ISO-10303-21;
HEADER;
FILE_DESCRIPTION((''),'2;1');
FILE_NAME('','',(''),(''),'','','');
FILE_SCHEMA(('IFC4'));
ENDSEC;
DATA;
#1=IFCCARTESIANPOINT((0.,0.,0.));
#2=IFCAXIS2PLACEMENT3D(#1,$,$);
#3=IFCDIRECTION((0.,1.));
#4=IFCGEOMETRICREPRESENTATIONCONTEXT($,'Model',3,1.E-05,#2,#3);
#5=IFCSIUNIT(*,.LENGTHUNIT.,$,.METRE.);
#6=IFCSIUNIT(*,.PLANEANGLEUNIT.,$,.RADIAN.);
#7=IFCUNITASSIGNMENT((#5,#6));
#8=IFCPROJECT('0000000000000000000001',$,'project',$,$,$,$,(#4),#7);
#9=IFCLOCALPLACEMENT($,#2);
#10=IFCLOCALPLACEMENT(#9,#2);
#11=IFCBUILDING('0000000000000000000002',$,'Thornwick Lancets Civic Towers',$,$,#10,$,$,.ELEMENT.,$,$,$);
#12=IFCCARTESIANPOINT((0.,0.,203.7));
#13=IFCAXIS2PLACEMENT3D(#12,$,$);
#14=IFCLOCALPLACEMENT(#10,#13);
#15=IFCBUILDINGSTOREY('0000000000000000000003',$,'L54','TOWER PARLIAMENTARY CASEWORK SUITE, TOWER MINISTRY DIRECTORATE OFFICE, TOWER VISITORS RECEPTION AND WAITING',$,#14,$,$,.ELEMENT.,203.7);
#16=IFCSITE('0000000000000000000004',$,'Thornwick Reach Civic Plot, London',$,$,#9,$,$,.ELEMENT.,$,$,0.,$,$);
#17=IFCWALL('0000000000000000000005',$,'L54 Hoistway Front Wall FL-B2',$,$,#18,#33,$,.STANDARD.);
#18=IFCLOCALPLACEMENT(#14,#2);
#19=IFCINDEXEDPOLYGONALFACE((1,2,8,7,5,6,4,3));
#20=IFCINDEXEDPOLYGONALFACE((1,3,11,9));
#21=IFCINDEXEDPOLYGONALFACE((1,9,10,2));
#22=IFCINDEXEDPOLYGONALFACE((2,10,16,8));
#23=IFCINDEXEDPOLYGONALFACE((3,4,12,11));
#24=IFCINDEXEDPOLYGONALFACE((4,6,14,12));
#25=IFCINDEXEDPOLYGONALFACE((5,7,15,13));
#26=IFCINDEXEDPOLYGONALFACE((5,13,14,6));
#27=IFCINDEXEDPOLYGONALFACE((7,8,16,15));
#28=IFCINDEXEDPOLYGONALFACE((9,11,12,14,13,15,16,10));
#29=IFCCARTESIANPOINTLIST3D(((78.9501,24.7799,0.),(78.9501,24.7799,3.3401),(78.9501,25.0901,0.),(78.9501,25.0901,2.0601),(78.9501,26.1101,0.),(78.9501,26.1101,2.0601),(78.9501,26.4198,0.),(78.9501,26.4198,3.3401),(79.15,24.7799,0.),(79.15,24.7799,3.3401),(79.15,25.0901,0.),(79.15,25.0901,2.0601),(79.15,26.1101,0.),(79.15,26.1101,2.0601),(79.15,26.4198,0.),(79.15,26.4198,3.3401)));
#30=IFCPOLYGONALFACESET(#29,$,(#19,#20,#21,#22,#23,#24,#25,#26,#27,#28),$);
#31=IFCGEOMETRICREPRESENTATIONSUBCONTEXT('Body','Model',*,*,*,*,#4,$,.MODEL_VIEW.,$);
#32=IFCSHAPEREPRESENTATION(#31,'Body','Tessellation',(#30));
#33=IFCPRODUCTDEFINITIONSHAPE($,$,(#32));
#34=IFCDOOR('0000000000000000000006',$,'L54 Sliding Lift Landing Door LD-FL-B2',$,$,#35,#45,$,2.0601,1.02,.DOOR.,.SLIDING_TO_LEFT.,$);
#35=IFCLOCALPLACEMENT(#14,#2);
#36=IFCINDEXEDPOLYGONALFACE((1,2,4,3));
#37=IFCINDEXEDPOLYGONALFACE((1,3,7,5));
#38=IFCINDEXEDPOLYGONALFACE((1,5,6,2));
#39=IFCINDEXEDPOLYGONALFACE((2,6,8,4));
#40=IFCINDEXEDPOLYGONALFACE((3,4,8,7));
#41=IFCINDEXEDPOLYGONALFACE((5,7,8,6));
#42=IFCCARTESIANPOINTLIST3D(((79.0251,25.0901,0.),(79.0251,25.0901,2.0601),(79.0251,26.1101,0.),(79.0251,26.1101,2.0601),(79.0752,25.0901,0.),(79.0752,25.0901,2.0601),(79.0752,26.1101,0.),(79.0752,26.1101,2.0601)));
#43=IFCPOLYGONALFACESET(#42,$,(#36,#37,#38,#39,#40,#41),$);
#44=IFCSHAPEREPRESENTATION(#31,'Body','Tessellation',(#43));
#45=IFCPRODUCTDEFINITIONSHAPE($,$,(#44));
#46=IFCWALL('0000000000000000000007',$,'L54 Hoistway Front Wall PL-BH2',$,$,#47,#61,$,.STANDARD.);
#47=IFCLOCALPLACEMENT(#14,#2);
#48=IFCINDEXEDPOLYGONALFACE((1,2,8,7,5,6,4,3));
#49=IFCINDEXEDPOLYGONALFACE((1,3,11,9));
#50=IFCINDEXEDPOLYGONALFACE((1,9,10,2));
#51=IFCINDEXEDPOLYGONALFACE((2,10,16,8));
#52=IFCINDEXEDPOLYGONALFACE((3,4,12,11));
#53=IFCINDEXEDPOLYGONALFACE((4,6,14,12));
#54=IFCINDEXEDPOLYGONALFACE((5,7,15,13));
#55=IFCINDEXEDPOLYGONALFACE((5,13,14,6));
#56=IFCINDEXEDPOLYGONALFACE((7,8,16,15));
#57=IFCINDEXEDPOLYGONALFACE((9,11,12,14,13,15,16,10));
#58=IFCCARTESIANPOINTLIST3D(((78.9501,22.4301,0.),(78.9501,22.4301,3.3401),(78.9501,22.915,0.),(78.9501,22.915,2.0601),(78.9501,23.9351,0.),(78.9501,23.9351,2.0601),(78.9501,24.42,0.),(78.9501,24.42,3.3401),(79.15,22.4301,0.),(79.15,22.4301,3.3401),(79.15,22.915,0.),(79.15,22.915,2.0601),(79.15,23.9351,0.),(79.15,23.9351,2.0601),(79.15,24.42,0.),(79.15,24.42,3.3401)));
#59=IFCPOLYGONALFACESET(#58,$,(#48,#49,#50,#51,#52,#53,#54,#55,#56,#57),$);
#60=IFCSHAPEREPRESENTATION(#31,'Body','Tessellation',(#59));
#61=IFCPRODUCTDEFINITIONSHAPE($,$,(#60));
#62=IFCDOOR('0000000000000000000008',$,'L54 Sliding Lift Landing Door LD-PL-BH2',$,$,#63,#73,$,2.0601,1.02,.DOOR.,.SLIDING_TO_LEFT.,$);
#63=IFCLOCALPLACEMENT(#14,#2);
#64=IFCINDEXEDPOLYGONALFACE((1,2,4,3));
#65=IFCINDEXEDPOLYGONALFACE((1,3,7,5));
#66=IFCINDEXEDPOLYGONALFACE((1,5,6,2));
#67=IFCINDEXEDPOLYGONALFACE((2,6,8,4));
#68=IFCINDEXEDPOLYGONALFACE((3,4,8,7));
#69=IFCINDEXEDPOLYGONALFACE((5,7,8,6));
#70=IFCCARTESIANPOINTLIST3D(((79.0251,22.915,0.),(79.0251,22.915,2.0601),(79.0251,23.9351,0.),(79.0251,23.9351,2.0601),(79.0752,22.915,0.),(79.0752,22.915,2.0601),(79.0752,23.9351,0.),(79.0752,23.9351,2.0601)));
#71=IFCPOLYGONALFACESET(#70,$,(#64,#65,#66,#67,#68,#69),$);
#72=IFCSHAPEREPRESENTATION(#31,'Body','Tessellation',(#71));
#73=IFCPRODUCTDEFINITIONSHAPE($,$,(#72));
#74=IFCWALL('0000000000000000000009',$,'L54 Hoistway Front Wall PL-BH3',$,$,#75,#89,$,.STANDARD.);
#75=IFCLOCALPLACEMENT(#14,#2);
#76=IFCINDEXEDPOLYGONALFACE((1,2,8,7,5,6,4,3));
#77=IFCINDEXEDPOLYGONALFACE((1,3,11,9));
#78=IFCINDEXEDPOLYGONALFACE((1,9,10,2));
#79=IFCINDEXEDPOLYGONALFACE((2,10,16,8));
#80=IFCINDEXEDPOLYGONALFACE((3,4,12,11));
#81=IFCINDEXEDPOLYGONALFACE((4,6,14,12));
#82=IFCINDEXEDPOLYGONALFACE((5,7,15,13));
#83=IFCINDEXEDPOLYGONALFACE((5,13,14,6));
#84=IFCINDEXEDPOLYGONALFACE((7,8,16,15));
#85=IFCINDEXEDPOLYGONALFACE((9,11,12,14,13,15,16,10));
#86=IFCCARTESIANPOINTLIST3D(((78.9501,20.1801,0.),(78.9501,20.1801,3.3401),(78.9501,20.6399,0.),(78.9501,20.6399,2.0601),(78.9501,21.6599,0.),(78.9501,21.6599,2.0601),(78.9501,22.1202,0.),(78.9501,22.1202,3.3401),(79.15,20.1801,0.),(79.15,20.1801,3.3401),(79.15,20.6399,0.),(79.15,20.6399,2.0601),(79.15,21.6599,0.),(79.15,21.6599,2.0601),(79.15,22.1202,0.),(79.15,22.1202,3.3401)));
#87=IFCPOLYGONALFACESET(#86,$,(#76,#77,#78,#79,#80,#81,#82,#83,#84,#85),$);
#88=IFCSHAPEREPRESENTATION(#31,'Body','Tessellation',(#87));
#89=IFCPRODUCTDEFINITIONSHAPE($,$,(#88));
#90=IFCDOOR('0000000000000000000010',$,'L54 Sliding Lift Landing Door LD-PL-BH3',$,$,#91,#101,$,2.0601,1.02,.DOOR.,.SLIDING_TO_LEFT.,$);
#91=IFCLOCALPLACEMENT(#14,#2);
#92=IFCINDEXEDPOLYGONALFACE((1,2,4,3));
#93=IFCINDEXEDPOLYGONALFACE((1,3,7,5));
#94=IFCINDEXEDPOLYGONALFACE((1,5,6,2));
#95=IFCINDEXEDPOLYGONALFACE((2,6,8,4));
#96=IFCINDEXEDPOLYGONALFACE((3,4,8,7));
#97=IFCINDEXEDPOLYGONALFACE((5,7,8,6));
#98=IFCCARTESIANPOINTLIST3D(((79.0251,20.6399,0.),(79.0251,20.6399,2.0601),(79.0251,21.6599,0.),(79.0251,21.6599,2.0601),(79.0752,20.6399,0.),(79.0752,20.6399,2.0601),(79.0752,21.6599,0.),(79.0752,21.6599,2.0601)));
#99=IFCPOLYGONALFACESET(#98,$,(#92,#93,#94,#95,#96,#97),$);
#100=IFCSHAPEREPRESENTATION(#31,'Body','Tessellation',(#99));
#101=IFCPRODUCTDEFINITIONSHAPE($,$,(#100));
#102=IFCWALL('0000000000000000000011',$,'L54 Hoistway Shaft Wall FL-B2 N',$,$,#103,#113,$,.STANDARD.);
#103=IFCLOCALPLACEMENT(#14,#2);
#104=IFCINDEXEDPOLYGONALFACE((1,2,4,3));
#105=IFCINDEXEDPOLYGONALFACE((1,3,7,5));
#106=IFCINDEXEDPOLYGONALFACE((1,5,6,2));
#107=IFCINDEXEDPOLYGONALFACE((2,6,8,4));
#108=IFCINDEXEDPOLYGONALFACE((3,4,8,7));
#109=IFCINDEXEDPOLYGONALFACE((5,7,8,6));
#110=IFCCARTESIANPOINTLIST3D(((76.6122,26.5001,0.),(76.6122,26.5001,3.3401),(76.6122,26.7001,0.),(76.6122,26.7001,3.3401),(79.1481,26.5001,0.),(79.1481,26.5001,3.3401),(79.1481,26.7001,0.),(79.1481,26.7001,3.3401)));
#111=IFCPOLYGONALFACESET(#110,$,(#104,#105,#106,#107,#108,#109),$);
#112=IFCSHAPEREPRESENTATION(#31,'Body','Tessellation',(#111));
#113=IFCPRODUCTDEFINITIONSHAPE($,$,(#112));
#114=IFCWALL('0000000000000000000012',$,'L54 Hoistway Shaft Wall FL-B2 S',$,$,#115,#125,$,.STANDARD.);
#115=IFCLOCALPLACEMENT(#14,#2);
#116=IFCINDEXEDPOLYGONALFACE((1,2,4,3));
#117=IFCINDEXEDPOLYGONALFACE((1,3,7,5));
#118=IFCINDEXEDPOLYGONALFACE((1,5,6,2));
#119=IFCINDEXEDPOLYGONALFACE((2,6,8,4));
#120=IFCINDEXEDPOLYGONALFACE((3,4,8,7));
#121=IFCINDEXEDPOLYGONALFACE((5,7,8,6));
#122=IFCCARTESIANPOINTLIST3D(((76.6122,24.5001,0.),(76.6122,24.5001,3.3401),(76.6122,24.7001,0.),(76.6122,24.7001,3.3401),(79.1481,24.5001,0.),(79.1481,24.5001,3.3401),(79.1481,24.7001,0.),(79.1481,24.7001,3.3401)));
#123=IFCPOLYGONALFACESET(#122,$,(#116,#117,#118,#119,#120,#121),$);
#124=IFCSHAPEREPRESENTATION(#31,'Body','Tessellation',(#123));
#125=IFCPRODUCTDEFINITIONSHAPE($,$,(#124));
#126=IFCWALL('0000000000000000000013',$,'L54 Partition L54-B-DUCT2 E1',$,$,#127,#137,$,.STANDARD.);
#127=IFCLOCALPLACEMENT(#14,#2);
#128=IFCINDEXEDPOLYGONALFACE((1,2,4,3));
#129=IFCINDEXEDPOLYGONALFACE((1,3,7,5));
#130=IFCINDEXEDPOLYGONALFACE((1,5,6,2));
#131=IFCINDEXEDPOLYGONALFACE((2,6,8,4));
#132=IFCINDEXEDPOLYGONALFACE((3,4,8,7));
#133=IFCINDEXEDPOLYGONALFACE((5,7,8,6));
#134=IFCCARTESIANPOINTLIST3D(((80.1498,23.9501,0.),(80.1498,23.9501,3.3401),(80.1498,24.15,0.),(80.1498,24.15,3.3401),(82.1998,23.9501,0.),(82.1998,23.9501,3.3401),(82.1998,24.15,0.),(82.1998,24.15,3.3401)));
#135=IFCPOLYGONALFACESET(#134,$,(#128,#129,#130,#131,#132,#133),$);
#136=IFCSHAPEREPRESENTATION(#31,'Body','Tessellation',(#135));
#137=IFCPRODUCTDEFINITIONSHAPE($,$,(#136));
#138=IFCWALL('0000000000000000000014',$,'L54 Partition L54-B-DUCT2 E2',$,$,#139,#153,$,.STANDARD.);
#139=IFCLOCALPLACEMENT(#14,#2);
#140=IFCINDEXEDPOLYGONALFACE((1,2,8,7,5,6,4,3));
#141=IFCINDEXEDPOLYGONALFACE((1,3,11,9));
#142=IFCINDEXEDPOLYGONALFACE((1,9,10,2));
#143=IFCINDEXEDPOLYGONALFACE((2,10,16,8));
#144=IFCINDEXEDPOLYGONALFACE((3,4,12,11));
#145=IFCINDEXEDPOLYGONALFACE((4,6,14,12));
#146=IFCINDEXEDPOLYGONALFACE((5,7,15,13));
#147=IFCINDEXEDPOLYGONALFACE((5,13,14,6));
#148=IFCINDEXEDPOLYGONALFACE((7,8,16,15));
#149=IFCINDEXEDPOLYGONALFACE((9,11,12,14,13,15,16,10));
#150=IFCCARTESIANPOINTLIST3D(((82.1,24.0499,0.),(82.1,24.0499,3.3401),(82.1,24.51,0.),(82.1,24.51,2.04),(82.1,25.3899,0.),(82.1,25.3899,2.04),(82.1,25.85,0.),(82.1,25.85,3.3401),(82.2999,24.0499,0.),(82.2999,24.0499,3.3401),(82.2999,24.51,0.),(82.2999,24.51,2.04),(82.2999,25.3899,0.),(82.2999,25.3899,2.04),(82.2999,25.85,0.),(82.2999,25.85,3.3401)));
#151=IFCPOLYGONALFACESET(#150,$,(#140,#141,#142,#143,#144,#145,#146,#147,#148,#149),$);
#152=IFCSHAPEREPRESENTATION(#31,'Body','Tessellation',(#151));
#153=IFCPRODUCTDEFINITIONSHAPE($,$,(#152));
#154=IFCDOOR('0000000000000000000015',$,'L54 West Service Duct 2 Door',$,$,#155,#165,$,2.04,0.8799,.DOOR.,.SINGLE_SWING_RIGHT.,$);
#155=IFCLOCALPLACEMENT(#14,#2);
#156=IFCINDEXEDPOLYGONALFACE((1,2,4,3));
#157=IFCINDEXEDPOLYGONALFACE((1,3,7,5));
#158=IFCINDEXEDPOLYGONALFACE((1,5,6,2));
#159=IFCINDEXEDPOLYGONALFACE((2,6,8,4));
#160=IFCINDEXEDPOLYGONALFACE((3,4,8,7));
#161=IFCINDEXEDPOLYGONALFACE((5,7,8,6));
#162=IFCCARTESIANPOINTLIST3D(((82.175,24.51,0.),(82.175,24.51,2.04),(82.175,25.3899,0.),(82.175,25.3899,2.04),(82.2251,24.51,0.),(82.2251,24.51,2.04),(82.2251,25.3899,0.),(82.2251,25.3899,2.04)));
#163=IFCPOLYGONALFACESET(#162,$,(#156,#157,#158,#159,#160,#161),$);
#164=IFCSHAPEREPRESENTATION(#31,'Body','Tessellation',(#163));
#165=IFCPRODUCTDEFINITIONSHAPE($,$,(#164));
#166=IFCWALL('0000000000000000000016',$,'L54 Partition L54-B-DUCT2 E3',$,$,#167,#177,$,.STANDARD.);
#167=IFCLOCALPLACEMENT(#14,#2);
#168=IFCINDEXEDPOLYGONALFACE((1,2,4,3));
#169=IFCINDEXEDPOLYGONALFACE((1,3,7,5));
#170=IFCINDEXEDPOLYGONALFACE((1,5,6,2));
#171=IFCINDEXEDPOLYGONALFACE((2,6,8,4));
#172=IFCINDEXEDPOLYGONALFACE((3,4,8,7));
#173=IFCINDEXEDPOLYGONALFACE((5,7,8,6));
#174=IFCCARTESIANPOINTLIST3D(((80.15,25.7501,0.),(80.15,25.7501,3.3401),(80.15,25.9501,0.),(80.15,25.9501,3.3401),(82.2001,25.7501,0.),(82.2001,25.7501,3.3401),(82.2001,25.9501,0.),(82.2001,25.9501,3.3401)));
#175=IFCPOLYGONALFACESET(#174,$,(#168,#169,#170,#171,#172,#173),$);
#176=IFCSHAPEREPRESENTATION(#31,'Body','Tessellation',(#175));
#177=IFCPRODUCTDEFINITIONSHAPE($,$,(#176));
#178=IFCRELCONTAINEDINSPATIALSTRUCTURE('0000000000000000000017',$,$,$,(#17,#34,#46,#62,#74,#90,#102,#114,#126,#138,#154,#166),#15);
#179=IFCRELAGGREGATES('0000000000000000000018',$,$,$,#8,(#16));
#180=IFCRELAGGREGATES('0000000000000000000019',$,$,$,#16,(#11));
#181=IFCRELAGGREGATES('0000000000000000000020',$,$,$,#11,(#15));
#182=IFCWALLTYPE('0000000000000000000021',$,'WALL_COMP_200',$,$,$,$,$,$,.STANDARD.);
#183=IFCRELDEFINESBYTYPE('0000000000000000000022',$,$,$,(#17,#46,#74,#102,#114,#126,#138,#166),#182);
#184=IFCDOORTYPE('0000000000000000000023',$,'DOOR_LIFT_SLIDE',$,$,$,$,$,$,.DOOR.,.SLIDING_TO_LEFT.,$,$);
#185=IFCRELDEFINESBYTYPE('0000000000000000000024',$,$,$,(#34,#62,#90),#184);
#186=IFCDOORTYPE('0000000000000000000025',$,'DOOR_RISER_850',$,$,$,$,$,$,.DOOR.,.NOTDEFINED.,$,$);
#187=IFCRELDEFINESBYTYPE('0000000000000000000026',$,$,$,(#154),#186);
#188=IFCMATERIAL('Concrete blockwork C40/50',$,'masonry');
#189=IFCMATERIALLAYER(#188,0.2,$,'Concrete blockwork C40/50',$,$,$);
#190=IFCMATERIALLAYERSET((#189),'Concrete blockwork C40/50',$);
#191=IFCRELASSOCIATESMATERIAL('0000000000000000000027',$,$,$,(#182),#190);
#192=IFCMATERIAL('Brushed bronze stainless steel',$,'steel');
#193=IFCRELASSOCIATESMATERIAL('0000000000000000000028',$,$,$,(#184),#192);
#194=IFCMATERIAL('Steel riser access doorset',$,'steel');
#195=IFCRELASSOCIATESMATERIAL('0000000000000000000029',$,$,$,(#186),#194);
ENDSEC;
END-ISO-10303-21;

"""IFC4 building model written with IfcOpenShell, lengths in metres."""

from ifc_helpers import new_model, si_unit, direction, frame, frame_2d, origin, place, context, subcontext, project, spatial, rectangle, extrude, material, layer, layer_set, type_object, element, fill, save


model = new_model("IFC4")

# Units and contexts
model_context = context("Model", 3, precision=1e-05, world=origin(), true_north=direction((0.0, 1.0)))
body_context = subcontext(model_context, "Body", "Model", "MODEL_VIEW")
ifc_project = project(units=[si_unit("LENGTHUNIT", "METRE"), si_unit("PLANEANGLEUNIT", "RADIAN")], contexts=[model_context])

# Site, building, storey
site_placement = place(None, origin())
site = spatial("IfcSite", under=ifc_project, at=site_placement, Name="Thornwick Reach Civic Plot, London", CompositionType="ELEMENT", RefElevation=0.0)
building_placement = place(site_placement, origin())
building = spatial("IfcBuilding", under=site, at=building_placement, Name="Thornwick Lancets Civic Towers", CompositionType="ELEMENT")
storey_placement = place(building_placement, frame((0.0, 0.0, 203.7)))
storey = spatial("IfcBuildingStorey", under=building, at=storey_placement, Name="L54", Description="TOWER PARLIAMENTARY CASEWORK SUITE, TOWER MINISTRY DIRECTORATE OFFICE, TOWER VISITORS RECEPTION AND WAITING", CompositionType="ELEMENT", Elevation=203.7)

# Walls, openings, doors
ifc_material_1 = material(Name="Concrete blockwork C40/50", Category="masonry")
ifc_layer_1 = layer(ifc_material_1, 0.2, Name="Concrete blockwork C40/50")
ifc_layer_set_1 = layer_set([ifc_layer_1], Name="Concrete blockwork C40/50")
wall_type_1 = type_object("IfcWallType", Name="WALL_COMP_200", PredefinedType="STANDARD", material=ifc_layer_set_1)
wall_1_placement = place(storey_placement, frame((79.05, 24.78, 0.0), z_axis=(0.0, 0.0, 1.0), x_axis=(0.0, 1.0, 0.0)))
wall_1 = element("IfcWall", 1, at=wall_1_placement, inside=storey, type_object=wall_type_1, Name="L54 Hoistway Front Wall FL-B2", PredefinedType="STANDARD", context=body_context, shape_type="SweptSolid", body=[
    extrude(rectangle(XDim=1.6399, YDim=0.2, at=frame_2d((0.8198, 0.0))), origin(), (0.0, 0.0, 1.0), 3.3401),
])
opening_1_placement = place(wall_1_placement, frame((0.3101, 0.0, 0.0)))
opening_1 = element("IfcOpeningElement", 2, at=opening_1_placement, cuts=wall_1, PredefinedType="OPENING", context=body_context, shape_type="SweptSolid", body=[
    extrude(rectangle(XDim=1.02, YDim=2.0601, at=frame_2d((0.51, 1.03))), frame((0.0, 0.1099, 0.0), z_axis=(0.0, -1.0, 0.0), x_axis=(1.0, 0.0, 0.0)), (0.0, 0.0, 1.0), 0.22),
])
ifc_material_2 = material(Name="Brushed bronze stainless steel", Category="steel")
door_type_1 = type_object("IfcDoorType", Name="DOOR_LIFT_SLIDE", OperationType="SLIDING_TO_LEFT", PredefinedType="DOOR", material=ifc_material_2)
door_1_placement = place(opening_1_placement, origin())
door_1 = element("IfcDoor", 3, at=door_1_placement, inside=storey, type_object=door_type_1, Name="L54 Sliding Lift Landing Door LD-FL-B2", OperationType="SLIDING_TO_LEFT", OverallHeight=2.0601, OverallWidth=1.02, PredefinedType="DOOR", context=body_context, shape_type="SweptSolid", body=[
    extrude(rectangle(XDim=1.02, YDim=2.0601, at=frame_2d((0.51, 1.03))), frame((0.0, 0.0249, 0.0), z_axis=(0.0, -1.0, 0.0), x_axis=(1.0, 0.0, 0.0)), (0.0, 0.0, 1.0), 0.05),
])
fill(opening_1, door_1)
wall_2_placement = place(storey_placement, frame((79.05, 22.4299, 0.0), z_axis=(0.0, 0.0, 1.0), x_axis=(0.0, 1.0, 0.0)))
wall_2 = element("IfcWall", 4, at=wall_2_placement, inside=storey, type_object=wall_type_1, Name="L54 Hoistway Front Wall PL-BH2", PredefinedType="STANDARD", context=body_context, shape_type="SweptSolid", body=[
    extrude(rectangle(XDim=1.99, YDim=0.2, at=frame_2d((0.9951, 0.0))), origin(), (0.0, 0.0, 1.0), 3.3401),
])
opening_2_placement = place(wall_2_placement, frame((0.4851, 0.0, 0.0)))
opening_2 = element("IfcOpeningElement", 5, at=opening_2_placement, cuts=wall_2, PredefinedType="OPENING", context=body_context, shape_type="SweptSolid", body=[
    extrude(rectangle(XDim=1.02, YDim=2.0601, at=frame_2d((0.51, 1.03))), frame((0.0, 0.1099, 0.0), z_axis=(0.0, -1.0, 0.0), x_axis=(1.0, 0.0, 0.0)), (0.0, 0.0, 1.0), 0.22),
])
door_2_placement = place(opening_2_placement, origin())
door_2 = element("IfcDoor", 6, at=door_2_placement, inside=storey, type_object=door_type_1, Name="L54 Sliding Lift Landing Door LD-PL-BH2", OperationType="SLIDING_TO_LEFT", OverallHeight=2.0601, OverallWidth=1.02, PredefinedType="DOOR", context=body_context, shape_type="SweptSolid", body=[
    extrude(rectangle(XDim=1.02, YDim=2.0601, at=frame_2d((0.51, 1.03))), frame((0.0, 0.0249, 0.0), z_axis=(0.0, -1.0, 0.0), x_axis=(1.0, 0.0, 0.0)), (0.0, 0.0, 1.0), 0.05),
])
fill(opening_2, door_2)
wall_3_placement = place(storey_placement, frame((79.05, 20.1799, 0.0), z_axis=(0.0, 0.0, 1.0), x_axis=(0.0, 1.0, 0.0)))
wall_3 = element("IfcWall", 7, at=wall_3_placement, inside=storey, type_object=wall_type_1, Name="L54 Hoistway Front Wall PL-BH3", PredefinedType="STANDARD", context=body_context, shape_type="SweptSolid", body=[
    extrude(rectangle(XDim=1.9402, YDim=0.2, at=frame_2d((0.9702, 0.0))), origin(), (0.0, 0.0, 1.0), 3.3401),
])
opening_3_placement = place(wall_3_placement, frame((0.46, 0.0, 0.0)))
opening_3 = element("IfcOpeningElement", 8, at=opening_3_placement, cuts=wall_3, PredefinedType="OPENING", context=body_context, shape_type="SweptSolid", body=[
    extrude(rectangle(XDim=1.02, YDim=2.0601, at=frame_2d((0.51, 1.03))), frame((0.0, 0.1099, 0.0), z_axis=(0.0, -1.0, 0.0), x_axis=(1.0, 0.0, 0.0)), (0.0, 0.0, 1.0), 0.22),
])
door_3_placement = place(opening_3_placement, origin())
door_3 = element("IfcDoor", 9, at=door_3_placement, inside=storey, type_object=door_type_1, Name="L54 Sliding Lift Landing Door LD-PL-BH3", OperationType="SLIDING_TO_LEFT", OverallHeight=2.0601, OverallWidth=1.02, PredefinedType="DOOR", context=body_context, shape_type="SweptSolid", body=[
    extrude(rectangle(XDim=1.02, YDim=2.0601, at=frame_2d((0.51, 1.03))), frame((0.0, 0.0249, 0.0), z_axis=(0.0, -1.0, 0.0), x_axis=(1.0, 0.0, 0.0)), (0.0, 0.0, 1.0), 0.05),
])
fill(opening_3, door_3)

# Walls
for number, where, z_axis, x_axis, name in (
    (10, (76.6121, 26.6001, 0.0), (0.0, 0.0, 1.0), (1.0, 0.0, 0.0), "L54 Hoistway Shaft Wall FL-B2 N"),
    (11, (76.6121, 24.6001, 0.0), (0.0, 0.0, 1.0), (1.0, 0.0, 0.0), "L54 Hoistway Shaft Wall FL-B2 S"),
):
    element("IfcWall", number, at=place(storey_placement, frame(where, z_axis=z_axis, x_axis=x_axis)), inside=storey, type_object=wall_type_1, Name=name, PredefinedType="STANDARD", context=body_context, shape_type="SweptSolid", body=[
        extrude(rectangle(XDim=2.5359, YDim=0.2, at=frame_2d((1.2681, 0.0))), origin(), (0.0, 0.0, 1.0), 3.3401),
    ])
wall_4_placement = place(storey_placement, frame((80.1499, 24.05, 0.0), z_axis=(0.0, 0.0, 1.0), x_axis=(1.0, 0.0, 0.0)))
element("IfcWall", 12, at=wall_4_placement, inside=storey, type_object=wall_type_1, Name="L54 Partition L54-B-DUCT2 E1", PredefinedType="STANDARD", context=body_context, shape_type="SweptSolid", body=[
    extrude(rectangle(XDim=2.05, YDim=0.2, at=frame_2d((1.0249, 0.0))), origin(), (0.0, 0.0, 1.0), 3.3401),
])

# Wall, opening, door
wall_5_placement = place(storey_placement, frame((82.2, 24.05, 0.0), z_axis=(0.0, 0.0, 1.0), x_axis=(0.0, 1.0, 0.0)))
wall_5 = element("IfcWall", 13, at=wall_5_placement, inside=storey, type_object=wall_type_1, Name="L54 Partition L54-B-DUCT2 E2", PredefinedType="STANDARD", context=body_context, shape_type="SweptSolid", body=[
    extrude(rectangle(XDim=1.8, YDim=0.2, at=frame_2d((0.8999, 0.0))), origin(), (0.0, 0.0, 1.0), 3.3401),
])
opening_4_placement = place(wall_5_placement, frame((0.46, 0.0, 0.0)))
opening_4 = element("IfcOpeningElement", 14, at=opening_4_placement, cuts=wall_5, PredefinedType="OPENING", context=body_context, shape_type="SweptSolid", body=[
    extrude(rectangle(XDim=0.8799, YDim=2.04, at=frame_2d((0.4399, 1.02))), frame((0.0, 0.1099, 0.0), z_axis=(0.0, -1.0, 0.0), x_axis=(1.0, 0.0, 0.0)), (0.0, 0.0, 1.0), 0.22),
])
ifc_material_3 = material(Name="Steel riser access doorset", Category="steel")
door_type_2 = type_object("IfcDoorType", Name="DOOR_RISER_850", OperationType="NOTDEFINED", PredefinedType="DOOR", material=ifc_material_3)
door_4_placement = place(opening_4_placement, origin())
door_4 = element("IfcDoor", 15, at=door_4_placement, inside=storey, type_object=door_type_2, Name="L54 West Service Duct 2 Door", OperationType="SINGLE_SWING_RIGHT", OverallHeight=2.04, OverallWidth=0.8799, PredefinedType="DOOR", context=body_context, shape_type="SweptSolid", body=[
    extrude(rectangle(XDim=0.8799, YDim=2.04, at=frame_2d((0.4399, 1.02))), frame((0.0, 0.0249, 0.0), z_axis=(0.0, -1.0, 0.0), x_axis=(1.0, 0.0, 0.0)), (0.0, 0.0, 1.0), 0.05),
])
fill(opening_4, door_4)

# Wall
wall_6_placement = place(storey_placement, frame((82.2, 25.8501, 0.0), z_axis=(0.0, 0.0, 1.0), x_axis=(-1.0, 0.0, 0.0)))
element("IfcWall", 16, at=wall_6_placement, inside=storey, type_object=wall_type_1, Name="L54 Partition L54-B-DUCT2 E3", PredefinedType="STANDARD", context=body_context, shape_type="SweptSolid", body=[
    extrude(rectangle(XDim=2.05, YDim=0.2, at=frame_2d((1.0249, 0.0))), origin(), (0.0, 0.0, 1.0), 3.3401),
])

save(model, "model.ifc")
